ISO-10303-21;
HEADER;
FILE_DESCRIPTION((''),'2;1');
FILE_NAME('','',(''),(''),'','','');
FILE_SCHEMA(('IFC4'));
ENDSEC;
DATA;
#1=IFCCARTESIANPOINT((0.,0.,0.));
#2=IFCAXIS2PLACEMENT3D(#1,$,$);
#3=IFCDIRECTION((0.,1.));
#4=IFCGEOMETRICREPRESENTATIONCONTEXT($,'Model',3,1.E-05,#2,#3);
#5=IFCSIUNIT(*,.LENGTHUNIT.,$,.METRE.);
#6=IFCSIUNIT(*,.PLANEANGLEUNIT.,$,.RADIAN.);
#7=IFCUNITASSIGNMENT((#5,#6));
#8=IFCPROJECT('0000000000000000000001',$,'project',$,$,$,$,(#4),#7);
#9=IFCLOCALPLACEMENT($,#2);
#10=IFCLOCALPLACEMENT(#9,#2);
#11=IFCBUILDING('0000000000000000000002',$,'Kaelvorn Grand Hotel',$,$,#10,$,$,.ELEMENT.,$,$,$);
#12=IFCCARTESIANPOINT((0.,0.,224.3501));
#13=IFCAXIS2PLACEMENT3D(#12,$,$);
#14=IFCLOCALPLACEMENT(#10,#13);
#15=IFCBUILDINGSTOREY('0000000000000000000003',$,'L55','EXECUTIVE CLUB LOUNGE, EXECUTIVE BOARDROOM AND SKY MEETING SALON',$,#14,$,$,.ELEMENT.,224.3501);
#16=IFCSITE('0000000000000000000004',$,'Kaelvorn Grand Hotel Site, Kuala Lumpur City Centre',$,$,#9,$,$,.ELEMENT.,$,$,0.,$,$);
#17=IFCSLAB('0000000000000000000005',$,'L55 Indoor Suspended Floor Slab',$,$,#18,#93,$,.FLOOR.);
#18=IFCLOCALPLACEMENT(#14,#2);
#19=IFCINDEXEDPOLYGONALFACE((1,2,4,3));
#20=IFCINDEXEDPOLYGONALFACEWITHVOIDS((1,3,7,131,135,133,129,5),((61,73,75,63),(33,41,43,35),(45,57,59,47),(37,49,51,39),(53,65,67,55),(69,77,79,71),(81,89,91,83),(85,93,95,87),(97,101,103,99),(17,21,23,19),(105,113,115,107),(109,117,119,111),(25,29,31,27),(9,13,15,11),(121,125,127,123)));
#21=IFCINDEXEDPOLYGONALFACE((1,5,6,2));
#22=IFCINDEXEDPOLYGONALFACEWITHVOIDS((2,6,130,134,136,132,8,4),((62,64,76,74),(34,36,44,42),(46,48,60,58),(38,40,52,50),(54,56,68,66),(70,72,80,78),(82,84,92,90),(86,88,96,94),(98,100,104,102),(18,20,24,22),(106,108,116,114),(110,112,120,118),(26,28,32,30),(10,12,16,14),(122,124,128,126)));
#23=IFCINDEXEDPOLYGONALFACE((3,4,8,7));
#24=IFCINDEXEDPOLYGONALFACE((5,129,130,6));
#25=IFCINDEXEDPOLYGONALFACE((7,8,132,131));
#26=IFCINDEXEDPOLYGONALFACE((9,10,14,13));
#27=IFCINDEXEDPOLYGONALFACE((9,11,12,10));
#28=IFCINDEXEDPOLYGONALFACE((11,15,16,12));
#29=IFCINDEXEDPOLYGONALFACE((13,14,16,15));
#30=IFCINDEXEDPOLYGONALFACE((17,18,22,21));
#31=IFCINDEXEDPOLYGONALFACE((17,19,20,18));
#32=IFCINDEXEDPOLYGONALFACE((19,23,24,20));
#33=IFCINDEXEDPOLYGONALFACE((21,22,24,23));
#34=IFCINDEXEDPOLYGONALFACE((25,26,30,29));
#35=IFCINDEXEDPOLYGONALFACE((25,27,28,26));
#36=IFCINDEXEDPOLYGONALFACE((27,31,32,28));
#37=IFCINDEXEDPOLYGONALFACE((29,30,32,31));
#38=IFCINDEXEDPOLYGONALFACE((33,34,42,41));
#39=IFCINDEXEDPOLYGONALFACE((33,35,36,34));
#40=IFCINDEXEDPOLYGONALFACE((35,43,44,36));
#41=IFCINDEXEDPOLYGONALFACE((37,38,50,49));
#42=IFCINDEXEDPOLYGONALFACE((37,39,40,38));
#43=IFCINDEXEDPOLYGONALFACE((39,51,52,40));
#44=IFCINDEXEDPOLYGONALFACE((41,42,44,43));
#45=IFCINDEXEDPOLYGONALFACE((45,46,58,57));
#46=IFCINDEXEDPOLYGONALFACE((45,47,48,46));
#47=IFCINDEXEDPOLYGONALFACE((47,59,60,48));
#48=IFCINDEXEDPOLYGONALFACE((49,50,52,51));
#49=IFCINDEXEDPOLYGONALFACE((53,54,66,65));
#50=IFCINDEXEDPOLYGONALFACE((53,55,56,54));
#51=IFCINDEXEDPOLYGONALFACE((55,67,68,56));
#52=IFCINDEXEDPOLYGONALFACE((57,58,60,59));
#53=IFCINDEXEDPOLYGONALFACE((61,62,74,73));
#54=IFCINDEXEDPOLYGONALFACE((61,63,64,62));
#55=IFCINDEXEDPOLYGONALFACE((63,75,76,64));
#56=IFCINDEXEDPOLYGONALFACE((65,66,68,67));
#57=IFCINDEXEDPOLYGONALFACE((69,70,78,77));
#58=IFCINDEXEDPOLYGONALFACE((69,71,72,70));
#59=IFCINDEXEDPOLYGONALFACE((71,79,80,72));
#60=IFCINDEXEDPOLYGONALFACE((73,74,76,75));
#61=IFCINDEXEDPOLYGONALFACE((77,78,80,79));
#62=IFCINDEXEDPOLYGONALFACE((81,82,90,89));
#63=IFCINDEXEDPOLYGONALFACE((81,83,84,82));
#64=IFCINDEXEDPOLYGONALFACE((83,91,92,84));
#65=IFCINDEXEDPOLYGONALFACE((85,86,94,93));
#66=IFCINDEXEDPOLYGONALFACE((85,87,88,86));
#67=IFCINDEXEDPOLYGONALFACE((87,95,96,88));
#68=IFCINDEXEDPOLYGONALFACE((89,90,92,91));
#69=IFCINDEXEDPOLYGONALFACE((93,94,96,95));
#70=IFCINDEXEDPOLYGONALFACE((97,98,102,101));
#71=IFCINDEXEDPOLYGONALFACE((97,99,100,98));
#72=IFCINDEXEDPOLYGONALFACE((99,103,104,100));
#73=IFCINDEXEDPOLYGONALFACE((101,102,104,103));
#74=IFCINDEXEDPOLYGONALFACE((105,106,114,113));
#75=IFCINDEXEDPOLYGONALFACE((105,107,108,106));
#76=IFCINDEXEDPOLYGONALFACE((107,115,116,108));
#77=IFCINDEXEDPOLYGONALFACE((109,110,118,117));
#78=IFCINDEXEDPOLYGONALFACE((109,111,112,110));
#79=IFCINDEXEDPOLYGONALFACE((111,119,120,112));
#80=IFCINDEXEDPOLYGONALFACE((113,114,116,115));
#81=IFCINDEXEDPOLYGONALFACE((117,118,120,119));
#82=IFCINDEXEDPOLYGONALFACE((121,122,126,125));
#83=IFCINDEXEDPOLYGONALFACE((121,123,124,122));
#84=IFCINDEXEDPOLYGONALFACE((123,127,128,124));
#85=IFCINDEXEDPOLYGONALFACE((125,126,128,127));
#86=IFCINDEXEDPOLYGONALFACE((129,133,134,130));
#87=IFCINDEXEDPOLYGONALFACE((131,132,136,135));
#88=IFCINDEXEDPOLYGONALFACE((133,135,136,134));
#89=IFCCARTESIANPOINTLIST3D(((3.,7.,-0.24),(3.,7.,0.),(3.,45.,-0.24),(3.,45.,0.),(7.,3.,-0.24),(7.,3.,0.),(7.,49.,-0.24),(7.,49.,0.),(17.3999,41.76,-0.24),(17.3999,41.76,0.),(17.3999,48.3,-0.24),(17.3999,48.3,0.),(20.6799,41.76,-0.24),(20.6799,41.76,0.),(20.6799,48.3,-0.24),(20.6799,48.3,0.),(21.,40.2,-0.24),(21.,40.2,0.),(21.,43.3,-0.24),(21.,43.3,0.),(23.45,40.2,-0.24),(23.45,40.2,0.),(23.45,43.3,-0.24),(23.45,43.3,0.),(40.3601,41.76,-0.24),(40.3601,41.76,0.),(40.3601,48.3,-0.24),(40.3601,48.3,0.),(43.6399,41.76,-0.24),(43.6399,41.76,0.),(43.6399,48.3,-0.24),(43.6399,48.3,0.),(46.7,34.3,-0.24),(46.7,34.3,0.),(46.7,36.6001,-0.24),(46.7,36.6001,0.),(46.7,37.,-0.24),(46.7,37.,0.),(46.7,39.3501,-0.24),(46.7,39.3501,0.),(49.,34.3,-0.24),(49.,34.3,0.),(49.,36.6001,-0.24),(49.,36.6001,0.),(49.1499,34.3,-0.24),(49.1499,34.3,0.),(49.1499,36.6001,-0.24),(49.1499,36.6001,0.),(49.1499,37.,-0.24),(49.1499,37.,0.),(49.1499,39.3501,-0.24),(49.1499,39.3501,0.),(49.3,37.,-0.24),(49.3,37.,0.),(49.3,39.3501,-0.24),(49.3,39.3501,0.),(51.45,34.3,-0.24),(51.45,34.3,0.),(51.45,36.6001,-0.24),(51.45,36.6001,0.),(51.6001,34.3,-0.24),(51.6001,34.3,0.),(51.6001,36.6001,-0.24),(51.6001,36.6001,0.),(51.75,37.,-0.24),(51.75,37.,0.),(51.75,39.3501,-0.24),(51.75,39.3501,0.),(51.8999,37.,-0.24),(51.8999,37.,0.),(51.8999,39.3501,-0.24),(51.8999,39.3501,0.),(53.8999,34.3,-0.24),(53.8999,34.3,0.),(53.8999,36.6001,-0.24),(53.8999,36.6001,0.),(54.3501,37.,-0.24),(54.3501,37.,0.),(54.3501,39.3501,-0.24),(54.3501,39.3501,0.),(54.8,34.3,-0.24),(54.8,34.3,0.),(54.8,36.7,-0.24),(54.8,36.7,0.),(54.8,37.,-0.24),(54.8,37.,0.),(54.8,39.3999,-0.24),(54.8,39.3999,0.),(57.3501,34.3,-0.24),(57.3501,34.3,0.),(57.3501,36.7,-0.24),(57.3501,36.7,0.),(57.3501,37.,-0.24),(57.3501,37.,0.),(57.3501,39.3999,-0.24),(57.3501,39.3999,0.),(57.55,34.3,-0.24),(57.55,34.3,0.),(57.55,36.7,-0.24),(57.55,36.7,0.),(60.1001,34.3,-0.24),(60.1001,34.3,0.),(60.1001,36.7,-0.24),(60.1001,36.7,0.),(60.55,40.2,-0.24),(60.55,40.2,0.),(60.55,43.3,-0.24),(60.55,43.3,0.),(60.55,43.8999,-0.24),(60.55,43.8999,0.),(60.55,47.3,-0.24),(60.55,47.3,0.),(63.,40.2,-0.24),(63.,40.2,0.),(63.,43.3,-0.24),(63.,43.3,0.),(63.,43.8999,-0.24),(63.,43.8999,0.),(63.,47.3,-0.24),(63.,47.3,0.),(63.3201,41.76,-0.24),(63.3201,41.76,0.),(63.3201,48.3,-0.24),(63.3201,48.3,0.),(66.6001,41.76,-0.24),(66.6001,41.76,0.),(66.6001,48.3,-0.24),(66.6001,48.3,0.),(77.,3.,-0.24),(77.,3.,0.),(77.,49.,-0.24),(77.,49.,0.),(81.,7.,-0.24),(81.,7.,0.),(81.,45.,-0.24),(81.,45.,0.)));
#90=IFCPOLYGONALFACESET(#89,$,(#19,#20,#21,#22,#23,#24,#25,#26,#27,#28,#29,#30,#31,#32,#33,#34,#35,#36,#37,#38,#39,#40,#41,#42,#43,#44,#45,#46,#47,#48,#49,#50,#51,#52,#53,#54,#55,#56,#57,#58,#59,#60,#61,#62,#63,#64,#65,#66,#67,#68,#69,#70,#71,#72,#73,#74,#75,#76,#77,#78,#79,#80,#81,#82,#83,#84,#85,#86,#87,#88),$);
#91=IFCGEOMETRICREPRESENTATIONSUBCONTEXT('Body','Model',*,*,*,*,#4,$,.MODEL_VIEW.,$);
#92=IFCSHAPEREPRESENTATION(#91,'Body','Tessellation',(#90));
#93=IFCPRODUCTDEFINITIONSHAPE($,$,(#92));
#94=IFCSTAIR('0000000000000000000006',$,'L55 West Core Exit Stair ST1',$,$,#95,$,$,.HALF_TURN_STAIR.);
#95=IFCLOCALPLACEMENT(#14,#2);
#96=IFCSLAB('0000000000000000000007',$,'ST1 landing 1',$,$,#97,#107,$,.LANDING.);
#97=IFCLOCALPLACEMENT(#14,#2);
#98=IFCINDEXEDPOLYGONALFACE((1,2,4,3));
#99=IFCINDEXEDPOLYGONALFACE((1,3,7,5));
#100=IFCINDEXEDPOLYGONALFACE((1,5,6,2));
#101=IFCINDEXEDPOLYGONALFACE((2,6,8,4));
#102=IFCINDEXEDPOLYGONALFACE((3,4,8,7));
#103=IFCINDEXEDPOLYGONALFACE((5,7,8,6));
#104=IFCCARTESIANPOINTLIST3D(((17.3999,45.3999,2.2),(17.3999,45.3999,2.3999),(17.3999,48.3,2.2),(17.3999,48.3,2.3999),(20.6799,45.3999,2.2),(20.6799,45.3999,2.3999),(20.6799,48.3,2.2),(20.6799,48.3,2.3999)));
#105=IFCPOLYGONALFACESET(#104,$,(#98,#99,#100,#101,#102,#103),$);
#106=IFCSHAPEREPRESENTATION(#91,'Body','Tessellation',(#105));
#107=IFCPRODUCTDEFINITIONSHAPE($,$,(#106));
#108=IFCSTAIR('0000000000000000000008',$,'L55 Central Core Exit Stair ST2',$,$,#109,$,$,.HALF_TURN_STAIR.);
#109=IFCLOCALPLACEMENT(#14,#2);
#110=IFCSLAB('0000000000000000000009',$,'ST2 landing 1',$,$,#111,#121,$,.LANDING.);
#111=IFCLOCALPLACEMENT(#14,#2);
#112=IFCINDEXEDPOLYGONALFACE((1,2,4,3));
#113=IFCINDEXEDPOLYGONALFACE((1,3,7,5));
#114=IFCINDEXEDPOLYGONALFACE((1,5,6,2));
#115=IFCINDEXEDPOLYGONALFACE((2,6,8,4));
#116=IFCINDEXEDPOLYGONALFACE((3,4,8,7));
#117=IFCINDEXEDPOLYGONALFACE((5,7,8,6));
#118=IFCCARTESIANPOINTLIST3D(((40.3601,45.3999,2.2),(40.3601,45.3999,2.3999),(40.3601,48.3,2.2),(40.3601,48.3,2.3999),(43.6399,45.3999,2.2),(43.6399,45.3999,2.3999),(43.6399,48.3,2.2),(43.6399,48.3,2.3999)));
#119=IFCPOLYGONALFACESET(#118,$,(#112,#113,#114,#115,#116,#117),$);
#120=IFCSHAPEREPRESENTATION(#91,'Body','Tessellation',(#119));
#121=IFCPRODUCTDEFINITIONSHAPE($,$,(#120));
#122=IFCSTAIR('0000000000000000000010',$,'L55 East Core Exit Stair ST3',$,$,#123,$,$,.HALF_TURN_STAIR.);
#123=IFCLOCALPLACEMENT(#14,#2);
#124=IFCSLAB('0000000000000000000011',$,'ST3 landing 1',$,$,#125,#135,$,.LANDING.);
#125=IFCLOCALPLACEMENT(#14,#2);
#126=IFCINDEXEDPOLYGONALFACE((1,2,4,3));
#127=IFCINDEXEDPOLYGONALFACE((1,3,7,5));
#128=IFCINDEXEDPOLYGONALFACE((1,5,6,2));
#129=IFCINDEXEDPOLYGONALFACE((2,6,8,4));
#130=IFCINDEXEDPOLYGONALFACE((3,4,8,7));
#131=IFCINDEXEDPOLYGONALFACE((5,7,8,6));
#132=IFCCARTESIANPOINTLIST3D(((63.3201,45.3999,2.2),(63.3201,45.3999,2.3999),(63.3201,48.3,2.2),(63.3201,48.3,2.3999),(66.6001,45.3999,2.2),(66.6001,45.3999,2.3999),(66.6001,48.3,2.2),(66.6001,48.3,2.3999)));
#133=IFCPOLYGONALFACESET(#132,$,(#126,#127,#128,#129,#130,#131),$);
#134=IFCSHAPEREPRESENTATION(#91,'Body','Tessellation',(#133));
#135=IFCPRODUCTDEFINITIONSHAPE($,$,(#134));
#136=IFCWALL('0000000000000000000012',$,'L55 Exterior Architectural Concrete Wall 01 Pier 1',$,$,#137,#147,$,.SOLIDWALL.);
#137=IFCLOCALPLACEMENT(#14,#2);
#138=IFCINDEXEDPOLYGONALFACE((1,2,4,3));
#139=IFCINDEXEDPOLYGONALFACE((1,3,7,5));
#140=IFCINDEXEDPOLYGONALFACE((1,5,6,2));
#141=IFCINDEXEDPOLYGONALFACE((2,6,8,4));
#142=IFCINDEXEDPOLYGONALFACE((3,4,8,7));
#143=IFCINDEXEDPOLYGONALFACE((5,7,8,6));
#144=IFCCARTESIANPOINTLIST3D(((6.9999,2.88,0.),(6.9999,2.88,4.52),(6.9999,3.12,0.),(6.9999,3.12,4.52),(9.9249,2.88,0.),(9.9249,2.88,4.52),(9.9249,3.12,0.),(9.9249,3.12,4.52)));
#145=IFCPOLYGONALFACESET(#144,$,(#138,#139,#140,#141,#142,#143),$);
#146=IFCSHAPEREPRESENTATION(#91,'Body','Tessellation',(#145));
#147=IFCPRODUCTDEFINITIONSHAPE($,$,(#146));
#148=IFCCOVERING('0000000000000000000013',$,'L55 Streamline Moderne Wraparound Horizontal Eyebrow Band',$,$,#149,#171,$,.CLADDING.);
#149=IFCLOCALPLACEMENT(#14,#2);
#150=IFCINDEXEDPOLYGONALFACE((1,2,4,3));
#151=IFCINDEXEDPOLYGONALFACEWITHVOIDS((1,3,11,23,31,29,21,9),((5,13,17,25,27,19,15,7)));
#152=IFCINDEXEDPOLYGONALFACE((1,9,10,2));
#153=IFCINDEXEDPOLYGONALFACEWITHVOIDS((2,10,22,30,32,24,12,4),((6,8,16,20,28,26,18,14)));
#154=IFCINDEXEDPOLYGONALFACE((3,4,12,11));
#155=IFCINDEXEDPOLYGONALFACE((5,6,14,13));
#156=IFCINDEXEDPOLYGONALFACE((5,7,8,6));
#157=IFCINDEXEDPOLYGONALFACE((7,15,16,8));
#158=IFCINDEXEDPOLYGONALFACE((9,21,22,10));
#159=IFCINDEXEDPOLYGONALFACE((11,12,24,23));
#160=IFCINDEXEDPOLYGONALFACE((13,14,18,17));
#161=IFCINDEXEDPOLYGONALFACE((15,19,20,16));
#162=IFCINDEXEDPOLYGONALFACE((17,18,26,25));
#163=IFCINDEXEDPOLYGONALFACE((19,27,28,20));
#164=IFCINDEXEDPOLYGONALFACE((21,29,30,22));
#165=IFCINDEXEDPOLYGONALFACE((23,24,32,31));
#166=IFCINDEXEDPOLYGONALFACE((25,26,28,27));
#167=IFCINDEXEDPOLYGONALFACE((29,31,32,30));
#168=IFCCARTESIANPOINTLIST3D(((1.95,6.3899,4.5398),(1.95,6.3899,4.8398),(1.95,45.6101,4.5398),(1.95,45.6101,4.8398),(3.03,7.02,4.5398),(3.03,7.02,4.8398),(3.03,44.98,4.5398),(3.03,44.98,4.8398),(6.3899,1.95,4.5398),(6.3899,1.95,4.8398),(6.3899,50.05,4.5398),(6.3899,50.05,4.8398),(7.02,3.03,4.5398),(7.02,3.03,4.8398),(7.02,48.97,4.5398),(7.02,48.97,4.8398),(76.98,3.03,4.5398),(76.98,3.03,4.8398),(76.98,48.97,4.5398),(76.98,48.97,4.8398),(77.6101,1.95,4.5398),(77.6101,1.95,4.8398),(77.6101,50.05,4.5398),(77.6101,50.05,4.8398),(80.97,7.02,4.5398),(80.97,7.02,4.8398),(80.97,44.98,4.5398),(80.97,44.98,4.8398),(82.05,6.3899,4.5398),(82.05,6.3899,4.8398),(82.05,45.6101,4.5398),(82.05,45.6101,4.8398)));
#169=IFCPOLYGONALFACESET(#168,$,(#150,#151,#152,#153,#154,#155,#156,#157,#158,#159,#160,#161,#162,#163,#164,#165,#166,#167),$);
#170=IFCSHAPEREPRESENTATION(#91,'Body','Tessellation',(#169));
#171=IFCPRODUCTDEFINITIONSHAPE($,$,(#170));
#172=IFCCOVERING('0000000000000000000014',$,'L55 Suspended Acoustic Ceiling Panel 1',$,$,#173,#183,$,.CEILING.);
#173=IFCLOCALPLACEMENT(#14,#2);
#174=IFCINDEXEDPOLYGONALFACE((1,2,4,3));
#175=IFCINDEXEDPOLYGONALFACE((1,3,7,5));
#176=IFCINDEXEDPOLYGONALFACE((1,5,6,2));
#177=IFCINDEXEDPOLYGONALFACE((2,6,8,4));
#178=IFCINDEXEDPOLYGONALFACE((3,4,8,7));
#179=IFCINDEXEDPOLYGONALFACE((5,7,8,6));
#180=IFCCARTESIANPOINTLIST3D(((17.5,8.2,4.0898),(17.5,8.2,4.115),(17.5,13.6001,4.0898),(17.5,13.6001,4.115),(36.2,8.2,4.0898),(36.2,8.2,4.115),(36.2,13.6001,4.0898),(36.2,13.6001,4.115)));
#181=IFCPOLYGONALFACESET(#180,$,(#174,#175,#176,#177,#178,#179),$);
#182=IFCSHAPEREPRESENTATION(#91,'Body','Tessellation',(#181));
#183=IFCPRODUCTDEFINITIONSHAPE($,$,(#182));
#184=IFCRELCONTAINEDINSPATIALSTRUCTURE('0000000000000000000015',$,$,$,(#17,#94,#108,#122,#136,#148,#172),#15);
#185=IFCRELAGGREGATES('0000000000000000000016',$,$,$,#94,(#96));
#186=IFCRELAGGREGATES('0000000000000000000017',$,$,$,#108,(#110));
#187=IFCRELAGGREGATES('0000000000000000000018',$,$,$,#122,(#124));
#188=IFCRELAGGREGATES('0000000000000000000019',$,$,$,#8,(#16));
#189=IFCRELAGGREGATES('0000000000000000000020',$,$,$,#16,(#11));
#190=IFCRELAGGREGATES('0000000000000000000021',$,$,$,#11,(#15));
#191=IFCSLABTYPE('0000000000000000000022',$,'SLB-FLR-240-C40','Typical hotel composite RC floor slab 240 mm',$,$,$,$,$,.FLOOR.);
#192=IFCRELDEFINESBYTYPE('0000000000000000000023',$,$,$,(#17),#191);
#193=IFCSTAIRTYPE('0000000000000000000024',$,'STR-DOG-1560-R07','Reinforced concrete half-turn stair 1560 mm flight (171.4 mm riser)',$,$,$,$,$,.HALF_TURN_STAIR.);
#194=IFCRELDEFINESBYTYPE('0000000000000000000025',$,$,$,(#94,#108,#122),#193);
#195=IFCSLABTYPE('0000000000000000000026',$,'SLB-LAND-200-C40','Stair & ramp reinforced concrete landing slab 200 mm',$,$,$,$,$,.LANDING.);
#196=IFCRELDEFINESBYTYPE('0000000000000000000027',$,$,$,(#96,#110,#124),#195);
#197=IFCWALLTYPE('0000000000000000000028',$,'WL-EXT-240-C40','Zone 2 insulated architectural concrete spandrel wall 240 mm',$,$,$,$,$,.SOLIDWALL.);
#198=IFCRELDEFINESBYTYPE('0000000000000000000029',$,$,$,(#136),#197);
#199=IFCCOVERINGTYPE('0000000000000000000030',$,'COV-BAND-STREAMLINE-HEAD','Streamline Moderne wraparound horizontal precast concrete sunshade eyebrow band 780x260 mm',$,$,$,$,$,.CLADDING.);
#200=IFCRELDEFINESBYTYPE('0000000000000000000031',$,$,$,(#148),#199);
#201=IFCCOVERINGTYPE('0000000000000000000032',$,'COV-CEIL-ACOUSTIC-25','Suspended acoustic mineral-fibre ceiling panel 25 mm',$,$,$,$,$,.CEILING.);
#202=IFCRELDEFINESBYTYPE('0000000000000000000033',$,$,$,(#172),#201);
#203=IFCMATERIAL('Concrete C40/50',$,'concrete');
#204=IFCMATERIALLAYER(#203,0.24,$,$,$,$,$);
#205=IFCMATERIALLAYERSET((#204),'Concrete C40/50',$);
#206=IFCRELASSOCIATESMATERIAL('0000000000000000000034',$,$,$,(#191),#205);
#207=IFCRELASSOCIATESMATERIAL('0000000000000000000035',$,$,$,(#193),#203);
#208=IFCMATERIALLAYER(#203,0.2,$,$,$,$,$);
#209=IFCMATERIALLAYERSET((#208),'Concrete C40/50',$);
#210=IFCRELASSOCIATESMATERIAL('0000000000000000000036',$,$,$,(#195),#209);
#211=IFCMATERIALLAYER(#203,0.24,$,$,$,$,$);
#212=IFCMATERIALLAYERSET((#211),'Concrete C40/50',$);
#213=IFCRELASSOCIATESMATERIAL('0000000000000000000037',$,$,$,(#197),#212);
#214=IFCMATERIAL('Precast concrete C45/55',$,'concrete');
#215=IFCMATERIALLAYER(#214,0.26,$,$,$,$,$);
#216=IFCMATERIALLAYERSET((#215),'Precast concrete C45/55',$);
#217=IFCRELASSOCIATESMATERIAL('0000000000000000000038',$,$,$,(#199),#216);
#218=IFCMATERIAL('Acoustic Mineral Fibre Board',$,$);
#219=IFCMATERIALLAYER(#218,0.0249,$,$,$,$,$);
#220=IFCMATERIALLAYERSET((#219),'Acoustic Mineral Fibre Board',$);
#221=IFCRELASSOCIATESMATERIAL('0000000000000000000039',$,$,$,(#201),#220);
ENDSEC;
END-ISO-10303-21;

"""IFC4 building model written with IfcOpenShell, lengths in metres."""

from ifc_helpers import new_model, si_unit, direction, frame, frame_2d, origin, place, context, subcontext, project, spatial, polyline, rectangle, outline, extrude, material, layer, layer_set, type_object, element, aggregate, save


model = new_model("IFC4")

# Units and contexts
model_context = context("Model", 3, precision=1e-05, world=origin(), true_north=direction((0.0, 1.0)))
body_context = subcontext(model_context, "Body", "Model", "MODEL_VIEW")
ifc_project = project(units=[si_unit("LENGTHUNIT", "METRE"), si_unit("PLANEANGLEUNIT", "RADIAN")], contexts=[model_context])

# Site, building, storey
site_placement = place(None, origin())
site = spatial("IfcSite", under=ifc_project, at=site_placement, Name="Kaelvorn Grand Hotel Site, Kuala Lumpur City Centre", CompositionType="ELEMENT", RefElevation=0.0)
building_placement = place(site_placement, origin())
building = spatial("IfcBuilding", under=site, at=building_placement, Name="Kaelvorn Grand Hotel", CompositionType="ELEMENT")
storey_placement = place(building_placement, frame((0.0, 0.0, 224.3501)))
storey = spatial("IfcBuildingStorey", under=building, at=storey_placement, Name="L55", Description="EXECUTIVE CLUB LOUNGE, EXECUTIVE BOARDROOM AND SKY MEETING SALON", CompositionType="ELEMENT", Elevation=224.3501)

# Slab
ifc_material_1 = material(Name="Concrete C40/50", Category="concrete")
ifc_layer_1 = layer(ifc_material_1, 0.24)
ifc_layer_set_1 = layer_set([ifc_layer_1], Name="Concrete C40/50")
slab_type_1 = type_object("IfcSlabType", Name="SLB-FLR-240-C40", Description="Typical hotel composite RC floor slab 240 mm", PredefinedType="FLOOR", material=ifc_layer_set_1)
slab_1_placement = place(storey_placement, frame((0.0, 0.0, -0.24)))
element("IfcSlab", 1, at=slab_1_placement, inside=storey, type_object=slab_type_1, Name="L55 Indoor Suspended Floor Slab", PredefinedType="FLOOR", context=body_context, shape_type="SweptSolid", body=[
    extrude(outline(polyline([(7.0, 3.0), (77.0, 3.0), (81.0, 7.0), (81.0, 45.0), (77.0, 49.0), (7.0, 49.0), (3.0, 45.0), (3.0, 7.0), (7.0, 3.0)]), holes=[polyline([(17.3999, 41.76), (17.3999, 48.3), (20.6799, 48.3), (20.6799, 41.76), (17.3999, 41.76)]), polyline([(40.3601, 41.76), (40.3601, 48.3), (43.6399, 48.3), (43.6399, 41.76), (40.3601, 41.76)]), polyline([(63.3201, 41.76), (63.3201, 48.3), (66.6001, 48.3), (66.6001, 41.76), (63.3201, 41.76)]), polyline([(46.7, 34.3), (46.7, 36.6001), (49.0, 36.6001), (49.0, 34.3), (46.7, 34.3)]), polyline([(49.1499, 34.3), (49.1499, 36.6001), (51.45, 36.6001), (51.45, 34.3), (49.1499, 34.3)]), polyline([(51.6001, 34.3), (51.6001, 36.6001), (53.8999, 36.6001), (53.8999, 34.3), (51.6001, 34.3)]), polyline([(46.7, 37.0), (46.7, 39.3501), (49.1499, 39.3501), (49.1499, 37.0), (46.7, 37.0)]), polyline([(49.3, 37.0), (49.3, 39.3501), (51.75, 39.3501), (51.75, 37.0), (49.3, 37.0)]), polyline([(51.8999, 37.0), (51.8999, 39.3501), (54.3501, 39.3501), (54.3501, 37.0), (51.8999, 37.0)]), polyline([(54.8, 34.3), (54.8, 36.7), (57.3501, 36.7), (57.3501, 34.3), (54.8, 34.3)]), polyline([(57.55, 34.3), (57.55, 36.7), (60.1001, 36.7), (60.1001, 34.3), (57.55, 34.3)]), polyline([(54.8, 37.0), (54.8, 39.3999), (57.3501, 39.3999), (57.3501, 37.0), (54.8, 37.0)]), polyline([(21.0, 40.2), (21.0, 43.3), (23.45, 43.3), (23.45, 40.2), (21.0, 40.2)]), polyline([(60.55, 40.2), (60.55, 43.3), (63.0, 43.3), (63.0, 40.2), (60.55, 40.2)]), polyline([(60.55, 43.8999), (60.55, 47.3), (63.0, 47.3), (63.0, 43.8999), (60.55, 43.8999)])]), origin(), (0.0, 0.0, 1.0), 0.24),
])

# Stairs, slabs
stair_type = type_object("IfcStairType", Name="STR-DOG-1560-R07", Description="Reinforced concrete half-turn stair 1560 mm flight (171.4 mm riser)", PredefinedType="HALF_TURN_STAIR", material=ifc_material_1)
stair_1_placement = place(storey_placement, origin())
stair_1 = element("IfcStair", 2, at=stair_1_placement, inside=storey, type_object=stair_type, Name="L55 West Core Exit Stair ST1", PredefinedType="HALF_TURN_STAIR")
ifc_layer_2 = layer(ifc_material_1, 0.2)
ifc_layer_set_2 = layer_set([ifc_layer_2], Name="Concrete C40/50")
slab_type_2 = type_object("IfcSlabType", Name="SLB-LAND-200-C40", Description="Stair & ramp reinforced concrete landing slab 200 mm", PredefinedType="LANDING", material=ifc_layer_set_2)
slab_2_placement = place(storey_placement, frame((0.0, 0.0, 2.2)))
slab_2 = element("IfcSlab", 3, at=slab_2_placement, type_object=slab_type_2, Name="ST1 landing 1", PredefinedType="LANDING", context=body_context, shape_type="SweptSolid", body=[
    extrude(outline(polyline([(20.6799, 45.3999), (20.6799, 48.3), (17.3999, 48.3), (17.3999, 45.3999), (20.6799, 45.3999)])), origin(), (0.0, 0.0, 1.0), 0.2),
])
aggregate(stair_1, [slab_2])
stair_2_placement = place(storey_placement, origin())
stair_2 = element("IfcStair", 4, at=stair_2_placement, inside=storey, type_object=stair_type, Name="L55 Central Core Exit Stair ST2", PredefinedType="HALF_TURN_STAIR")
slab_3_placement = place(storey_placement, frame((0.0, 0.0, 2.2)))
slab_3 = element("IfcSlab", 5, at=slab_3_placement, type_object=slab_type_2, Name="ST2 landing 1", PredefinedType="LANDING", context=body_context, shape_type="SweptSolid", body=[
    extrude(outline(polyline([(43.6399, 45.3999), (43.6399, 48.3), (40.3601, 48.3), (40.3601, 45.3999), (43.6399, 45.3999)])), origin(), (0.0, 0.0, 1.0), 0.2),
])
aggregate(stair_2, [slab_3])
stair_3_placement = place(storey_placement, origin())
stair_3 = element("IfcStair", 6, at=stair_3_placement, inside=storey, type_object=stair_type, Name="L55 East Core Exit Stair ST3", PredefinedType="HALF_TURN_STAIR")
slab_4_placement = place(storey_placement, frame((0.0, 0.0, 2.2)))
slab_4 = element("IfcSlab", 7, at=slab_4_placement, type_object=slab_type_2, Name="ST3 landing 1", PredefinedType="LANDING", context=body_context, shape_type="SweptSolid", body=[
    extrude(outline(polyline([(66.6001, 45.3999), (66.6001, 48.3), (63.3201, 48.3), (63.3201, 45.3999), (66.6001, 45.3999)])), origin(), (0.0, 0.0, 1.0), 0.2),
])
aggregate(stair_3, [slab_4])

# Wall
ifc_layer_3 = layer(ifc_material_1, 0.24)
ifc_layer_set_3 = layer_set([ifc_layer_3], Name="Concrete C40/50")
wall_type = type_object("IfcWallType", Name="WL-EXT-240-C40", Description="Zone 2 insulated architectural concrete spandrel wall 240 mm", PredefinedType="SOLIDWALL", material=ifc_layer_set_3)
wall_placement = place(storey_placement, frame((7.0, 3.0, 0.0), z_axis=(0.0, 0.0, 1.0), x_axis=(1.0, 0.0, 0.0)))
element("IfcWall", 8, at=wall_placement, inside=storey, type_object=wall_type, Name="L55 Exterior Architectural Concrete Wall 01 Pier 1", PredefinedType="SOLIDWALL", context=body_context, shape_type="SweptSolid", body=[
    extrude(rectangle(XDim=2.925, YDim=0.24, at=frame_2d((1.4624, 0.0))), origin(), (0.0, 0.0, 1.0), 4.52),
])

# Coverings
ifc_material_2 = material(Name="Precast concrete C45/55", Category="concrete")
ifc_layer_4 = layer(ifc_material_2, 0.26)
ifc_layer_set_4 = layer_set([ifc_layer_4], Name="Precast concrete C45/55")
covering_type_1 = type_object("IfcCoveringType", Name="COV-BAND-STREAMLINE-HEAD", Description="Streamline Moderne wraparound horizontal precast concrete sunshade eyebrow band 780x260 mm", PredefinedType="CLADDING", material=ifc_layer_set_4)
covering_1_placement = place(storey_placement, frame((0.0, 0.0, 4.5398)))
element("IfcCovering", 9, at=covering_1_placement, inside=storey, type_object=covering_type_1, Name="L55 Streamline Moderne Wraparound Horizontal Eyebrow Band", PredefinedType="CLADDING", context=body_context, shape_type="SweptSolid", body=[
    extrude(outline(polyline([(6.3899, 1.95), (77.6101, 1.95), (82.05, 6.3899), (82.05, 45.6101), (77.6101, 50.05), (6.3899, 50.05), (1.95, 45.6101), (1.95, 6.3899), (6.3899, 1.95)]), holes=[polyline([(7.02, 3.03), (76.98, 3.03), (80.97, 7.02), (80.97, 44.98), (76.98, 48.97), (7.02, 48.97), (3.03, 44.98), (3.03, 7.02), (7.02, 3.03)])]), origin(), (0.0, 0.0, 1.0), 0.3),
])
ifc_material_3 = material(Name="Acoustic Mineral Fibre Board")
ifc_layer_5 = layer(ifc_material_3, 0.0249)
ifc_layer_set_5 = layer_set([ifc_layer_5], Name="Acoustic Mineral Fibre Board")
covering_type_2 = type_object("IfcCoveringType", Name="COV-CEIL-ACOUSTIC-25", Description="Suspended acoustic mineral-fibre ceiling panel 25 mm", PredefinedType="CEILING", material=ifc_layer_set_5)
covering_2_placement = place(storey_placement, frame((0.0, 0.0, 4.0898)))
element("IfcCovering", 10, at=covering_2_placement, inside=storey, type_object=covering_type_2, Name="L55 Suspended Acoustic Ceiling Panel 1", PredefinedType="CEILING", context=body_context, shape_type="SweptSolid", body=[
    extrude(outline(polyline([(17.5, 8.2), (36.2, 8.2), (36.2, 13.6001), (17.5, 13.6001), (17.5, 8.2)])), origin(), (0.0, 0.0, 1.0), 0.0251),
])

save(model, "model.ifc")
